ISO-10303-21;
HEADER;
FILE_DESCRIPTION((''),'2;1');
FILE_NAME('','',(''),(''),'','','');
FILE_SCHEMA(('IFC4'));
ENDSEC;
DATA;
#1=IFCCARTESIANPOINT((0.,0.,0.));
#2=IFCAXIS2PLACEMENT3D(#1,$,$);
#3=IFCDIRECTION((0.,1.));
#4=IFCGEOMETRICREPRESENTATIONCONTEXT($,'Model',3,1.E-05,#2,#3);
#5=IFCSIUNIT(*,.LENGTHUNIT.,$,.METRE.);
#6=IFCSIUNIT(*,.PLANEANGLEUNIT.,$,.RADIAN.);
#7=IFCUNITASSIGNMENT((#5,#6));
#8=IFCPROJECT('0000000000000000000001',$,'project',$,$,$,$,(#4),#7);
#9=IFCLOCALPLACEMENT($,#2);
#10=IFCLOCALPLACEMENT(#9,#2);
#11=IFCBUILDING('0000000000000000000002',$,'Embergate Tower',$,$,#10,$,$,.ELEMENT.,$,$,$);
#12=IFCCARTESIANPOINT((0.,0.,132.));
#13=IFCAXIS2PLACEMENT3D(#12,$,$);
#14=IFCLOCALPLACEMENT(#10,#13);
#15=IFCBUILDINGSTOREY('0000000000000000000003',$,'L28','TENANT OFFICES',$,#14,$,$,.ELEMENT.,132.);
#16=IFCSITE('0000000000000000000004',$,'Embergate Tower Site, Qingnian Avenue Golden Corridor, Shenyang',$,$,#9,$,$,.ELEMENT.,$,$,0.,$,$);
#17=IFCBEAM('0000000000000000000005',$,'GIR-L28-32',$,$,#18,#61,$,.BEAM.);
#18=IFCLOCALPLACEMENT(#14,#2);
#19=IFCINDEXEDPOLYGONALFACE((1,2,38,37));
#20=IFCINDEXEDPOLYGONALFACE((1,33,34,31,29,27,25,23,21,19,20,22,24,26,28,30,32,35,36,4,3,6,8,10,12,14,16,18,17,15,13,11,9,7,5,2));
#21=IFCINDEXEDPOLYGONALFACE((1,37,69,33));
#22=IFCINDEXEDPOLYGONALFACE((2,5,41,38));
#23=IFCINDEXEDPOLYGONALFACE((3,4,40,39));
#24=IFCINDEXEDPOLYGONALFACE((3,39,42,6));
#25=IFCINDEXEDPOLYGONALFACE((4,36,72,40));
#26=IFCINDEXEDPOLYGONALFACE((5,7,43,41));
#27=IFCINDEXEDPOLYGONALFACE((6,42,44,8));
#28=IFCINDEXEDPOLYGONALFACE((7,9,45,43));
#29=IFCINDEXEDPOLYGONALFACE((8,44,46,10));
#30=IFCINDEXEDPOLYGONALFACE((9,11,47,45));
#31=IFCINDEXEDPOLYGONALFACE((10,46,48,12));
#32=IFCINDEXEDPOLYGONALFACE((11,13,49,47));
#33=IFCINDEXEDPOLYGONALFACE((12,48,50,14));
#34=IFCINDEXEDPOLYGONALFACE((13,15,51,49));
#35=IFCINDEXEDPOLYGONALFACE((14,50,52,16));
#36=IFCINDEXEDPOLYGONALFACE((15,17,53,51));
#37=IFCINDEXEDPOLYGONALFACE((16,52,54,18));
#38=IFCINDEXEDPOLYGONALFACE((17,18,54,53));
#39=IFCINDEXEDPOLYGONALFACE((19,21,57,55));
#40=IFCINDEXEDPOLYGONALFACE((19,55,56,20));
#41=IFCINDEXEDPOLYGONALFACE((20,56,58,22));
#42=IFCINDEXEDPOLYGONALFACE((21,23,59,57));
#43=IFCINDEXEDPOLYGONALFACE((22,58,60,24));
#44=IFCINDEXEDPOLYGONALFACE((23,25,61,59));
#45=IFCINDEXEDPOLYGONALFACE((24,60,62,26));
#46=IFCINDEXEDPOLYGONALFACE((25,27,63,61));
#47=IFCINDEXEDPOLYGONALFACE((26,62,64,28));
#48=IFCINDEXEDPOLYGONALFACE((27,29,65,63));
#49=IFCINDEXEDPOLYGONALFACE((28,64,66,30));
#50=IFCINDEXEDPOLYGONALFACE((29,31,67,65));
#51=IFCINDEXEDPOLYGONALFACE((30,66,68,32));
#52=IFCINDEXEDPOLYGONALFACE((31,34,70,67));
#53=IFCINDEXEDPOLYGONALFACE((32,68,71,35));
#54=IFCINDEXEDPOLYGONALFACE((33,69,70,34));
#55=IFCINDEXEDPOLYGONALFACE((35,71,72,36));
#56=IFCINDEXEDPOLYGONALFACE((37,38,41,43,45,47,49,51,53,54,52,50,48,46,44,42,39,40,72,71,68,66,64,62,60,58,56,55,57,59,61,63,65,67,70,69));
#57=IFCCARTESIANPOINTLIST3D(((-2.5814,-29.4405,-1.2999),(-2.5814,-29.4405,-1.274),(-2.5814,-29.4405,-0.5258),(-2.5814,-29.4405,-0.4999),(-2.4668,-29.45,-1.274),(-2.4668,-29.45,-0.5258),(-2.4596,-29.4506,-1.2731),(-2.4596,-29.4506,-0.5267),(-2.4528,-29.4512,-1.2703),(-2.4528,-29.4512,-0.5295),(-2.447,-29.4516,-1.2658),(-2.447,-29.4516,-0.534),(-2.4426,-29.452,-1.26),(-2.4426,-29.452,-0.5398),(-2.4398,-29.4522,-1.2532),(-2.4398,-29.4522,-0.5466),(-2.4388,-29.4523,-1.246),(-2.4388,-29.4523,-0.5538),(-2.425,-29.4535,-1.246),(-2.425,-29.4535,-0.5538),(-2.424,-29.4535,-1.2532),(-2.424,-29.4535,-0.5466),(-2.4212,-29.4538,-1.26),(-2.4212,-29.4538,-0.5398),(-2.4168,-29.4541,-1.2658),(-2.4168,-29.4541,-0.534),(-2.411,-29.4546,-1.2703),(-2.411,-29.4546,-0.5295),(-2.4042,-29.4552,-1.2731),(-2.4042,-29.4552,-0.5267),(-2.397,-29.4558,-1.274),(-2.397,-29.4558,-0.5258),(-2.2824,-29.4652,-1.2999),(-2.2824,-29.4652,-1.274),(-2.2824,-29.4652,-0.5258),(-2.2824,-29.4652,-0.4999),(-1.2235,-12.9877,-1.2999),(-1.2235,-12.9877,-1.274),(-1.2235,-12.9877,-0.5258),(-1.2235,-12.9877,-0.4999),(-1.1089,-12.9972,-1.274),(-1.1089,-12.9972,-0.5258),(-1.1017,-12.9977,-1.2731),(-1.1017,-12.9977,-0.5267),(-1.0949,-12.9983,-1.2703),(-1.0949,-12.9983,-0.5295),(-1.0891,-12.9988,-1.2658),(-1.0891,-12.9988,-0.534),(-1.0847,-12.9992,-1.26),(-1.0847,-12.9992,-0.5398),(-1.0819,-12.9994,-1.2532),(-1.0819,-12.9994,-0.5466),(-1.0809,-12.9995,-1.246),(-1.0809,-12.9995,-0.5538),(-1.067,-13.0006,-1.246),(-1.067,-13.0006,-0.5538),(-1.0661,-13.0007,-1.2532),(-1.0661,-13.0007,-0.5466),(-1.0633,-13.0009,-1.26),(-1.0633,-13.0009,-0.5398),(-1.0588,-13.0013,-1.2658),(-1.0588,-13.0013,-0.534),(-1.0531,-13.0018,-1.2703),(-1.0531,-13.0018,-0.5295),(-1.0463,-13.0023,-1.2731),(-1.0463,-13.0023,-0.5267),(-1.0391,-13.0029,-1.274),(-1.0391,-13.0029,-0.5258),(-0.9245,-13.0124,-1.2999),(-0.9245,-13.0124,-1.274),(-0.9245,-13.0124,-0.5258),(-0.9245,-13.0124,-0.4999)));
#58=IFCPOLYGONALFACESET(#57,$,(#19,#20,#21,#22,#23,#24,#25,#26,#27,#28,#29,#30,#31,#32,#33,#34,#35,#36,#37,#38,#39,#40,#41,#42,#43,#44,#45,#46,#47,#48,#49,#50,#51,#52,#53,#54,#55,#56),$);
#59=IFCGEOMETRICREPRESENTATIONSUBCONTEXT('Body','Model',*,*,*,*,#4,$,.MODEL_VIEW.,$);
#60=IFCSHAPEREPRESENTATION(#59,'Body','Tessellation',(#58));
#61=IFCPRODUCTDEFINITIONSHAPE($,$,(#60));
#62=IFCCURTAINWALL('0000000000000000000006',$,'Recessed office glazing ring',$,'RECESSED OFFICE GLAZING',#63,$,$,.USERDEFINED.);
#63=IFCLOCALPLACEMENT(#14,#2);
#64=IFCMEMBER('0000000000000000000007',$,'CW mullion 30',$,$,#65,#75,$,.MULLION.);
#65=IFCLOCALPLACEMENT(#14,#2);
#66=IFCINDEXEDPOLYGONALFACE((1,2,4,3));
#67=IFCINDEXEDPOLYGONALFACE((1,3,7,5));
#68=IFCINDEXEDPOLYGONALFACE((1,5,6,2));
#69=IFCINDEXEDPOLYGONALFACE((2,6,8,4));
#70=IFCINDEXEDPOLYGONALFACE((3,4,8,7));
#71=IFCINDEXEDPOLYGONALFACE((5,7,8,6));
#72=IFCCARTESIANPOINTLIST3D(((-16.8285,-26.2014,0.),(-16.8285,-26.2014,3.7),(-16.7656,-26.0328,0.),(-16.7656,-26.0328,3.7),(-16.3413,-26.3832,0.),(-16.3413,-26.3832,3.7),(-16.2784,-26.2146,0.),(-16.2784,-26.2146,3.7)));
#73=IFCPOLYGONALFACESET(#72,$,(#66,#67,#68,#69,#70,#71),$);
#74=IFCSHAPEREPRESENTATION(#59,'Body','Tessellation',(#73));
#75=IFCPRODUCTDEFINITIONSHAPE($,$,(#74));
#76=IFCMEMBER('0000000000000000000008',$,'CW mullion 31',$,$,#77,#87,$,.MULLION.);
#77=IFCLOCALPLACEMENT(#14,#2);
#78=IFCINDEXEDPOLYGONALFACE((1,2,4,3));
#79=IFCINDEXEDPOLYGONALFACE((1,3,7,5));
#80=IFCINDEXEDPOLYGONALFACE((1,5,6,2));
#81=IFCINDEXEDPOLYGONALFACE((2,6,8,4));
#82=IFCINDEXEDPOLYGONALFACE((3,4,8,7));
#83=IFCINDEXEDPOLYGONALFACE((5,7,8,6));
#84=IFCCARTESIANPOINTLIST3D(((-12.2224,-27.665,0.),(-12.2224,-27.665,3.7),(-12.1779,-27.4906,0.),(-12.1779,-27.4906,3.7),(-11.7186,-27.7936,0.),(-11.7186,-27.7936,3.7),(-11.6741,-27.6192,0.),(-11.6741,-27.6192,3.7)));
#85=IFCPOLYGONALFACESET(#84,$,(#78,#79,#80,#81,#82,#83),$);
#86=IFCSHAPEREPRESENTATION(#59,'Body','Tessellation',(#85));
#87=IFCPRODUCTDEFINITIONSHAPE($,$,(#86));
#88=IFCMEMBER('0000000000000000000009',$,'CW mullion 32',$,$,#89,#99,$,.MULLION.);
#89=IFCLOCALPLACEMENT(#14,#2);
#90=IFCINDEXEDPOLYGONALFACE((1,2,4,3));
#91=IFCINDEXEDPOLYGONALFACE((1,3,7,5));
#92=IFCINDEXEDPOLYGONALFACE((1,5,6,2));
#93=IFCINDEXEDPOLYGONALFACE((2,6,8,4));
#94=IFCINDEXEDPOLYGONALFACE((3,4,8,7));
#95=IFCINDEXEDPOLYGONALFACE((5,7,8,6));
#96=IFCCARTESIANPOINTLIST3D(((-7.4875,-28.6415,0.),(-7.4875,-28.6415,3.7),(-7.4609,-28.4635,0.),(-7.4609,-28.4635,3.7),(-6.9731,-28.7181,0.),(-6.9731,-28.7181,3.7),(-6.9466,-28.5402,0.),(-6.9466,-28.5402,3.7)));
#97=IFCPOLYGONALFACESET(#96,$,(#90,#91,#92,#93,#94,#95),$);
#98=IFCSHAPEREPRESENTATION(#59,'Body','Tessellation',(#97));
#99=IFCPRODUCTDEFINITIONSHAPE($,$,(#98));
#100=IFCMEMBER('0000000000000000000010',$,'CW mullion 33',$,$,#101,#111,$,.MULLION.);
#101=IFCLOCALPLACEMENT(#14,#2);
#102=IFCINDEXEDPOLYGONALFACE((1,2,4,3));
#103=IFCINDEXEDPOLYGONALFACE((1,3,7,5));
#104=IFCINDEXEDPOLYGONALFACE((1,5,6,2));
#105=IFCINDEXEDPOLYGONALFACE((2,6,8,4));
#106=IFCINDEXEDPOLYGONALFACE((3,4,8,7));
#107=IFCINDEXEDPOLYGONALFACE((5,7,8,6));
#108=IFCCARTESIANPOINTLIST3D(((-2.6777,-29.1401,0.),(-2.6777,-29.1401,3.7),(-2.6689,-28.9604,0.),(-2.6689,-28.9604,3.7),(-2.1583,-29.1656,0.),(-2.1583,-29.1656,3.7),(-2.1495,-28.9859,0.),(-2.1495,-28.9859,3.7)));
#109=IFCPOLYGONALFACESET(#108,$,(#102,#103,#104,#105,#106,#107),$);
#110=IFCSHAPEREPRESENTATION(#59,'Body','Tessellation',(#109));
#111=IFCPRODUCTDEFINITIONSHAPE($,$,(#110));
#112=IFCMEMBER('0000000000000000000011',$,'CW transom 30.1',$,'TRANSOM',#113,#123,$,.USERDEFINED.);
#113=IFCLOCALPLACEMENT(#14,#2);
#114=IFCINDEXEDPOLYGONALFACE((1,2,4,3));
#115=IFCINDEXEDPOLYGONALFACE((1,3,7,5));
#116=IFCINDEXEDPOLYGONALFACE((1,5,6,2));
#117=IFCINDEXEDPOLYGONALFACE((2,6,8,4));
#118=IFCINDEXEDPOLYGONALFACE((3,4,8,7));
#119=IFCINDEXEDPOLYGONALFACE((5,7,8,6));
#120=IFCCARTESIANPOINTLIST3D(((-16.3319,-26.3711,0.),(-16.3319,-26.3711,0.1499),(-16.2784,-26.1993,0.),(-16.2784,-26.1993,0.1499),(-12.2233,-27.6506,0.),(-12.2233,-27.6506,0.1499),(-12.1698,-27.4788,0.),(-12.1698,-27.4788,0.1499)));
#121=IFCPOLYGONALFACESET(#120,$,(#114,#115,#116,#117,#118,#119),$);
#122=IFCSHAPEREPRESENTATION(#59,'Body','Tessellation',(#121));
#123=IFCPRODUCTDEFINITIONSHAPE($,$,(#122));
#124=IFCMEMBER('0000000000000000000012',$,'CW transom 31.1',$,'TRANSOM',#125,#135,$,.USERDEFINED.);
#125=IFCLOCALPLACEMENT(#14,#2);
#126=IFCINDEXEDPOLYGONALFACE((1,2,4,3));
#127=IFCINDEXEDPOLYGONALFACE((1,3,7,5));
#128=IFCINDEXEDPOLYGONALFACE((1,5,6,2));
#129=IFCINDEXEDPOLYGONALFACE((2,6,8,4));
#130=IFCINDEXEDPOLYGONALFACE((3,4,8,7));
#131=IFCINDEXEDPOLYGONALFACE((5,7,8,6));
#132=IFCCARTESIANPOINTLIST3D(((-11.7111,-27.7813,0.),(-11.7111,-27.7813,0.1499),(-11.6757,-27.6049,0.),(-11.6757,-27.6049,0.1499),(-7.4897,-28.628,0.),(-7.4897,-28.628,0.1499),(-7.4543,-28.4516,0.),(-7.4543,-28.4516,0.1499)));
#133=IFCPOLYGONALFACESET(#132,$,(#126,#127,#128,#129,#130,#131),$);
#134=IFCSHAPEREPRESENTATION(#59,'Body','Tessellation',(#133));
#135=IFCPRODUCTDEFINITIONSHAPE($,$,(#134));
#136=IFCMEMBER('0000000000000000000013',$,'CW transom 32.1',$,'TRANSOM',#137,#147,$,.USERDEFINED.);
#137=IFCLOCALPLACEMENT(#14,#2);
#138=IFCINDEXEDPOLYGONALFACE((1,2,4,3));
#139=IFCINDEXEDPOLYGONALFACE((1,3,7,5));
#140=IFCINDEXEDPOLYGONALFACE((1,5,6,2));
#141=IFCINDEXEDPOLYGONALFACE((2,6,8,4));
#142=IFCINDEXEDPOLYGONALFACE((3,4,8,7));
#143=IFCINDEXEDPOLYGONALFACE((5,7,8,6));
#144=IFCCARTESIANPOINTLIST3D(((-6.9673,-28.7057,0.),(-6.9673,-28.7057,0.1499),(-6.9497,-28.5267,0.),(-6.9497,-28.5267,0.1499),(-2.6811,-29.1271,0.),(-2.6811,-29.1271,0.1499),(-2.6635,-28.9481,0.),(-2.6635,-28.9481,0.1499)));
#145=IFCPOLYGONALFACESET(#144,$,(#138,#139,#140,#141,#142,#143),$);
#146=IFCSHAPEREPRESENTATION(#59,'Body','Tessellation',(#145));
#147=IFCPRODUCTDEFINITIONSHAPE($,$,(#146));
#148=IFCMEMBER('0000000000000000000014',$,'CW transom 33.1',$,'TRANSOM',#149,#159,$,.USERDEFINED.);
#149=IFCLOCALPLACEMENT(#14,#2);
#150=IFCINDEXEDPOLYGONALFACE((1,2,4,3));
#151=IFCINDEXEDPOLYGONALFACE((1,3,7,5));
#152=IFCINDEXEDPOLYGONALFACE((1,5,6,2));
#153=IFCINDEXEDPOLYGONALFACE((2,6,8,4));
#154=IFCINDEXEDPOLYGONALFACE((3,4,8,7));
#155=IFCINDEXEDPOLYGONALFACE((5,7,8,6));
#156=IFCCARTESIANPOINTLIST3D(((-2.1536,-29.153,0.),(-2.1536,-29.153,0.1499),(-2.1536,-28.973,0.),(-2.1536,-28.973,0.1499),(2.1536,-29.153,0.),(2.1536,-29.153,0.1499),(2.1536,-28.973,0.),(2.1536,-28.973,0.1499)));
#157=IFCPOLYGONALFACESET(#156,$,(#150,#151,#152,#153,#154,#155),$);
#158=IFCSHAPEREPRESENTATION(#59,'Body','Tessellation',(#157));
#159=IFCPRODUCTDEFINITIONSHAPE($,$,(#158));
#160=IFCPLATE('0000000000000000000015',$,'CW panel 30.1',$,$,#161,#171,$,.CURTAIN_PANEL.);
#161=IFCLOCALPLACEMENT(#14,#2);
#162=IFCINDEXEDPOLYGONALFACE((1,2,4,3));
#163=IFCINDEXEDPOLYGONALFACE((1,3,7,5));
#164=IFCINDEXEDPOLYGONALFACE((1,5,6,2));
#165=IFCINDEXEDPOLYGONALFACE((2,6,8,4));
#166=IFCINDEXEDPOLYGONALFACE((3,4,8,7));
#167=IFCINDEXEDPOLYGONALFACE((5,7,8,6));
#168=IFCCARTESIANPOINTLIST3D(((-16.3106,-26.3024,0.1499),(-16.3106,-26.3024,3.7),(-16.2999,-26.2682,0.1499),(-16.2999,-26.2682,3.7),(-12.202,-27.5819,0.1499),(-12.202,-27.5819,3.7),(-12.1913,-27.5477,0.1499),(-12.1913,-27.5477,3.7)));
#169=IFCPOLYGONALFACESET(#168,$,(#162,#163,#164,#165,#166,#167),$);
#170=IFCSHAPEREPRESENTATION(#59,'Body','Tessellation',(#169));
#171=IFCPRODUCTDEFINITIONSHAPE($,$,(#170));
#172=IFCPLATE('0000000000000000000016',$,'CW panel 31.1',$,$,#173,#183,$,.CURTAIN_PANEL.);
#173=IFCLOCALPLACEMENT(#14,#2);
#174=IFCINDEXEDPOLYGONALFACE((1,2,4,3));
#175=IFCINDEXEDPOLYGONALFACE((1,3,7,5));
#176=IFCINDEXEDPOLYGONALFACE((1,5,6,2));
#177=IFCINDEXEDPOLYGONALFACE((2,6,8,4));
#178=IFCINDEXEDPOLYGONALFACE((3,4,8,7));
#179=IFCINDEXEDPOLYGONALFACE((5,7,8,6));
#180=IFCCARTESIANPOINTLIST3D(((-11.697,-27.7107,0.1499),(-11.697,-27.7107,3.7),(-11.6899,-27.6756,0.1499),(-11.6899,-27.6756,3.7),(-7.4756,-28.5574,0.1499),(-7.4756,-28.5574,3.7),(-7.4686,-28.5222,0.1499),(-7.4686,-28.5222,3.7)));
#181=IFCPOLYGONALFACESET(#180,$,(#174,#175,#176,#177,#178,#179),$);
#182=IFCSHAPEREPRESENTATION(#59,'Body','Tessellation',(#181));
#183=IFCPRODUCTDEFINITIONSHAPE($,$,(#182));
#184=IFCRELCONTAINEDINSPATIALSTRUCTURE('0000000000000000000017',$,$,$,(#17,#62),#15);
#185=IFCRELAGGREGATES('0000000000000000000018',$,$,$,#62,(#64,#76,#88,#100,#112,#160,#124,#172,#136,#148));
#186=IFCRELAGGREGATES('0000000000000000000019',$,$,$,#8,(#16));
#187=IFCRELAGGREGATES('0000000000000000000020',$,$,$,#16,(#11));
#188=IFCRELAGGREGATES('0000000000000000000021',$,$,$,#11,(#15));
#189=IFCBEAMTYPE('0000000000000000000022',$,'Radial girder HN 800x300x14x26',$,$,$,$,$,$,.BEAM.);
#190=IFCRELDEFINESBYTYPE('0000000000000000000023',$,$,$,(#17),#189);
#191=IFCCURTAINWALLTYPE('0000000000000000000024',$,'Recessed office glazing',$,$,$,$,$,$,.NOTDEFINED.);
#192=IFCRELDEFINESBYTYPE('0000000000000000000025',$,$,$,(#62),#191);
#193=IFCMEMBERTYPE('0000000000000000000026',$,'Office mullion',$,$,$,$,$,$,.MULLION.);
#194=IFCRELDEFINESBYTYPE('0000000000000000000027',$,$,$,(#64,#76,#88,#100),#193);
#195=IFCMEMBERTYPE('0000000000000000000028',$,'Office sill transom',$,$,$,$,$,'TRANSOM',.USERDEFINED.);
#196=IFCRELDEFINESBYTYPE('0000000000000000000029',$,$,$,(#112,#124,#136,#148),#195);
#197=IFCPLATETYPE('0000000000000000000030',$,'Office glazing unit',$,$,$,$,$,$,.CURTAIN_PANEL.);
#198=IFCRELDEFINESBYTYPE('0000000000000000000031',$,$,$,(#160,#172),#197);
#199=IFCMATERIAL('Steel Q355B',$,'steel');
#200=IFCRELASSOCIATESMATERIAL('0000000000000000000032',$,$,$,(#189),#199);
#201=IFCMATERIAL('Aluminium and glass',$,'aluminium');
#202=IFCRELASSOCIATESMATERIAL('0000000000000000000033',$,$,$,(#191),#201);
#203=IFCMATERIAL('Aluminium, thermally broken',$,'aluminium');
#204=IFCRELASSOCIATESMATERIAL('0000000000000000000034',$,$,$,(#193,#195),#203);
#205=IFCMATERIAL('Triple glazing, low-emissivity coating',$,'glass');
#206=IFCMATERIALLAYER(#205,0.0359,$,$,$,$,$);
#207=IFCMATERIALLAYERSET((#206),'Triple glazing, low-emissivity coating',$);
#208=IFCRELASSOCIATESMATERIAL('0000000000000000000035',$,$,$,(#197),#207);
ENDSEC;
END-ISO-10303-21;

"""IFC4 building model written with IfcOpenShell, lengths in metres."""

from ifc_helpers import new_model, si_unit, direction, frame, origin, origin_2d, place, context, subcontext, project, spatial, rectangle, i_section, extrude, source, transform, mapped, material, layer, layer_set, material_profile, profile_set, type_object, element, aggregate, save


model = new_model("IFC4")

# Units and contexts
model_context = context("Model", 3, precision=1e-05, world=origin(), true_north=direction((0.0, 1.0)))
body_context = subcontext(model_context, "Body", "Model", "MODEL_VIEW")
ifc_project = project(units=[si_unit("LENGTHUNIT", "METRE"), si_unit("PLANEANGLEUNIT", "RADIAN")], contexts=[model_context])

# Site, building, storey
site_placement = place(None, origin())
site = spatial("IfcSite", under=ifc_project, at=site_placement, Name="Embergate Tower Site, Qingnian Avenue Golden Corridor, Shenyang", CompositionType="ELEMENT", RefElevation=0.0)
building_placement = place(site_placement, origin())
building = spatial("IfcBuilding", under=site, at=building_placement, Name="Embergate Tower", CompositionType="ELEMENT")
storey_placement = place(building_placement, frame((0.0, 0.0, 132.0)))
storey = spatial("IfcBuildingStorey", under=building, at=storey_placement, Name="L28", Description="TENANT OFFICES", CompositionType="ELEMENT", Elevation=132.0)

# Beam
ifc_material_1 = material(Name="Steel Q355B", Category="steel")
ifc_material_profile_1 = material_profile(ifc_material_1, i_section(OverallWidth=0.3, OverallDepth=0.8, WebThickness=0.0139, FlangeThickness=0.0259, FilletRadius=0.0281, at=origin_2d()), Name="HN 800x300x14x26")
ifc_profile_set_1 = profile_set([ifc_material_profile_1], Name="Steel Q355 grade B")
beam_type_1 = type_object("IfcBeamType", Name="Radial girder HN 800x300x14x26", PredefinedType="BEAM", material=ifc_profile_set_1)
shared_shape_1 = source(origin(), body_context, "Body", "SweptSolid", [
    extrude(i_section(OverallWidth=0.3, OverallDepth=0.8, WebThickness=0.0139, FlangeThickness=0.0259, FilletRadius=0.0281, at=origin_2d()), origin(), (0.0, 0.0, 1.0), 16.5088),
])
beam_1_placement = place(storey_placement, frame((-2.4319, -29.4529, -0.8999), z_axis=(0.082254, 0.996611, 0.0), x_axis=(-0.996611, 0.082254, 0.0)))
element("IfcBeam", 1, at=beam_1_placement, inside=storey, type_object=beam_type_1, Name="GIR-L28-32", PredefinedType="BEAM", context=body_context, shape_type="MappedRepresentation", body=[
    mapped(shared_shape_1, transform((0.0, 0.0, 0.0))),
])

# Curtain wall, members
ifc_material_2 = material(Name="Aluminium and glass", Category="aluminium")
curtain_wall_type = type_object("IfcCurtainWallType", Name="Recessed office glazing", PredefinedType="NOTDEFINED", material=ifc_material_2)
curtain_wall_placement = place(storey_placement, origin())
curtain_wall = element("IfcCurtainWall", 2, at=curtain_wall_placement, inside=storey, type_object=curtain_wall_type, Name="Recessed office glazing ring", ObjectType="RECESSED OFFICE GLAZING", PredefinedType="USERDEFINED")
ifc_material_3 = material(Name="Aluminium, thermally broken", Category="aluminium")
ifc_material_profile_2 = material_profile(ifc_material_3, rectangle(XDim=0.1799, YDim=0.52, at=origin_2d()), Name="AL 520x180")
ifc_profile_set_2 = profile_set([ifc_material_profile_2], Name="Aluminium, thermally broken")
member_type_1 = type_object("IfcMemberType", Name="Office mullion", PredefinedType="MULLION", material=ifc_profile_set_2)
shared_shape_2 = source(origin(), body_context, "Body", "SweptSolid", [
    extrude(rectangle(XDim=0.1799, YDim=0.52, at=origin_2d()), origin(), (0.0, 0.0, 1.0), 3.7),
])
member_1_placement = place(storey_placement, frame((-16.5535, -26.208, 0.0), z_axis=(0.0, 0.0, 1.0), x_axis=(0.349501, 0.936936, 0.0)))
member_1 = element("IfcMember", 3, at=member_1_placement, type_object=member_type_1, Name="CW mullion 30", PredefinedType="MULLION", context=body_context, shape_type="MappedRepresentation", body=[
    mapped(shared_shape_2, transform((0.0, 0.0, 0.0))),
])
member_2_placement = place(storey_placement, frame((-11.9482, -27.6421, 0.0), z_axis=(0.0, 0.0, 1.0), x_axis=(0.24731, 0.968936, 0.0)))
member_2 = element("IfcMember", 4, at=member_2_placement, type_object=member_type_1, Name="CW mullion 31", PredefinedType="MULLION", context=body_context, shape_type="MappedRepresentation", body=[
    mapped(shared_shape_2, transform((0.0, 0.0, 0.0))),
])
member_3_placement = place(storey_placement, frame((-7.217, -28.5908, 0.0), z_axis=(0.0, 0.0, 1.0), x_axis=(0.147411, 0.989075, 0.0)))
member_3 = element("IfcMember", 5, at=member_3_placement, type_object=member_type_1, Name="CW mullion 32", PredefinedType="MULLION", context=body_context, shape_type="MappedRepresentation", body=[
    mapped(shared_shape_2, transform((0.0, 0.0, 0.0))),
])
member_4_placement = place(storey_placement, frame((-2.4136, -29.063, 0.0), z_axis=(0.0, 0.0, 1.0), x_axis=(0.048972, 0.9988, 0.0)))
member_4 = element("IfcMember", 6, at=member_4_placement, type_object=member_type_1, Name="CW mullion 33", PredefinedType="MULLION", context=body_context, shape_type="MappedRepresentation", body=[
    mapped(shared_shape_2, transform((0.0, 0.0, 0.0))),
])
ifc_material_profile_3 = material_profile(ifc_material_3, rectangle(XDim=0.1799, YDim=0.1499, at=origin_2d()), Name="AL 150x180")
ifc_profile_set_3 = profile_set([ifc_material_profile_3], Name="Aluminium, thermally broken")
member_type_2 = type_object("IfcMemberType", Name="Office sill transom", ElementType="TRANSOM", PredefinedType="USERDEFINED", material=ifc_profile_set_3)
shared_shape_3 = source(origin(), body_context, "Body", "SweptSolid", [
    extrude(rectangle(XDim=0.1799, YDim=0.1499, at=origin_2d()), origin(), (0.0, 0.0, 1.0), 4.3032),
])
member_5_placement = place(storey_placement, frame((-16.3052, -26.2852, 0.075), z_axis=(0.954771, -0.297341, 0.0), x_axis=(0.297341, 0.954771, 0.0)))
member_5 = element("IfcMember", 7, at=member_5_placement, type_object=member_type_2, Name="CW transom 30.1", ObjectType="TRANSOM", PredefinedType="USERDEFINED", context=body_context, shape_type="MappedRepresentation", body=[
    mapped(shared_shape_3, transform((0.0, 0.0, 0.0))),
])
shared_shape_4 = source(origin(), body_context, "Body", "SweptSolid", [
    extrude(rectangle(XDim=0.1799, YDim=0.1499, at=origin_2d()), origin(), (0.0, 0.0, 1.0), 4.3054),
])
member_6_placement = place(storey_placement, frame((-11.6934, -27.6931, 0.075), z_axis=(0.980474, -0.19665, 0.0), x_axis=(0.19665, 0.980474, 0.0)))
member_6 = element("IfcMember", 8, at=member_6_placement, type_object=member_type_2, Name="CW transom 31.1", ObjectType="TRANSOM", PredefinedType="USERDEFINED", context=body_context, shape_type="MappedRepresentation", body=[
    mapped(shared_shape_4, transform((0.0, 0.0, 0.0))),
])
shared_shape_5 = source(origin(), body_context, "Body", "SweptSolid", [
    extrude(rectangle(XDim=0.1799, YDim=0.1499, at=origin_2d()), origin(), (0.0, 0.0, 1.0), 4.3069),
])
member_7_placement = place(storey_placement, frame((-6.9585, -28.6162, 0.075), z_axis=(0.995202, -0.097842, 0.0), x_axis=(0.097842, 0.995202, 0.0)))
member_7 = element("IfcMember", 9, at=member_7_placement, type_object=member_type_2, Name="CW transom 32.1", ObjectType="TRANSOM", PredefinedType="USERDEFINED", context=body_context, shape_type="MappedRepresentation", body=[
    mapped(shared_shape_5, transform((0.0, 0.0, 0.0))),
])
shared_shape_6 = source(origin(), body_context, "Body", "SweptSolid", [
    extrude(rectangle(XDim=0.1799, YDim=0.1499, at=origin_2d()), origin(), (0.0, 0.0, 1.0), 4.3071),
])
member_8_placement = place(storey_placement, frame((-2.1536, -29.063, 0.075), z_axis=(1.0, 0.0, 0.0), x_axis=(0.0, 1.0, 0.0)))
member_8 = element("IfcMember", 10, at=member_8_placement, type_object=member_type_2, Name="CW transom 33.1", ObjectType="TRANSOM", PredefinedType="USERDEFINED", context=body_context, shape_type="MappedRepresentation", body=[
    mapped(shared_shape_6, transform((0.0, 0.0, 0.0))),
])

# Plates
ifc_material_4 = material(Name="Triple glazing, low-emissivity coating", Category="glass")
ifc_layer_1 = layer(ifc_material_4, 0.0359)
ifc_layer_set_1 = layer_set([ifc_layer_1], Name="Triple glazing, low-emissivity coating")
plate_type = type_object("IfcPlateType", Name="Office glazing unit", PredefinedType="CURTAIN_PANEL", material=ifc_layer_set_1)
shared_shape_7 = source(origin(), body_context, "Body", "SweptSolid", [
    extrude(rectangle(XDim=4.3032, YDim=0.0359, at=origin_2d()), origin(), (0.0, 0.0, 1.0), 3.55),
])
plate_1_placement = place(storey_placement, frame((-14.251, -26.925, 0.1499), z_axis=(0.0, 0.0, 1.0), x_axis=(0.954773, -0.297337, 0.0)))
plate_1 = element("IfcPlate", 11, at=plate_1_placement, type_object=plate_type, Name="CW panel 30.1", PredefinedType="CURTAIN_PANEL", context=body_context, shape_type="MappedRepresentation", body=[
    mapped(shared_shape_7, transform((0.0, 0.0, 0.0))),
])
shared_shape_8 = source(origin(), body_context, "Body", "SweptSolid", [
    extrude(rectangle(XDim=4.3054, YDim=0.0359, at=origin_2d()), origin(), (0.0, 0.0, 1.0), 3.55),
])
plate_2_placement = place(storey_placement, frame((-9.5828, -28.1165, 0.1499), z_axis=(0.0, 0.0, 1.0), x_axis=(0.980476, -0.196639, 0.0)))
plate_2 = element("IfcPlate", 12, at=plate_2_placement, type_object=plate_type, Name="CW panel 31.1", PredefinedType="CURTAIN_PANEL", context=body_context, shape_type="MappedRepresentation", body=[
    mapped(shared_shape_8, transform((0.0, 0.0, 0.0))),
])
aggregate(curtain_wall, [member_1, member_2, member_3, member_4, member_5, plate_1, member_6, plate_2, member_7, member_8])

save(model, "model.ifc")
